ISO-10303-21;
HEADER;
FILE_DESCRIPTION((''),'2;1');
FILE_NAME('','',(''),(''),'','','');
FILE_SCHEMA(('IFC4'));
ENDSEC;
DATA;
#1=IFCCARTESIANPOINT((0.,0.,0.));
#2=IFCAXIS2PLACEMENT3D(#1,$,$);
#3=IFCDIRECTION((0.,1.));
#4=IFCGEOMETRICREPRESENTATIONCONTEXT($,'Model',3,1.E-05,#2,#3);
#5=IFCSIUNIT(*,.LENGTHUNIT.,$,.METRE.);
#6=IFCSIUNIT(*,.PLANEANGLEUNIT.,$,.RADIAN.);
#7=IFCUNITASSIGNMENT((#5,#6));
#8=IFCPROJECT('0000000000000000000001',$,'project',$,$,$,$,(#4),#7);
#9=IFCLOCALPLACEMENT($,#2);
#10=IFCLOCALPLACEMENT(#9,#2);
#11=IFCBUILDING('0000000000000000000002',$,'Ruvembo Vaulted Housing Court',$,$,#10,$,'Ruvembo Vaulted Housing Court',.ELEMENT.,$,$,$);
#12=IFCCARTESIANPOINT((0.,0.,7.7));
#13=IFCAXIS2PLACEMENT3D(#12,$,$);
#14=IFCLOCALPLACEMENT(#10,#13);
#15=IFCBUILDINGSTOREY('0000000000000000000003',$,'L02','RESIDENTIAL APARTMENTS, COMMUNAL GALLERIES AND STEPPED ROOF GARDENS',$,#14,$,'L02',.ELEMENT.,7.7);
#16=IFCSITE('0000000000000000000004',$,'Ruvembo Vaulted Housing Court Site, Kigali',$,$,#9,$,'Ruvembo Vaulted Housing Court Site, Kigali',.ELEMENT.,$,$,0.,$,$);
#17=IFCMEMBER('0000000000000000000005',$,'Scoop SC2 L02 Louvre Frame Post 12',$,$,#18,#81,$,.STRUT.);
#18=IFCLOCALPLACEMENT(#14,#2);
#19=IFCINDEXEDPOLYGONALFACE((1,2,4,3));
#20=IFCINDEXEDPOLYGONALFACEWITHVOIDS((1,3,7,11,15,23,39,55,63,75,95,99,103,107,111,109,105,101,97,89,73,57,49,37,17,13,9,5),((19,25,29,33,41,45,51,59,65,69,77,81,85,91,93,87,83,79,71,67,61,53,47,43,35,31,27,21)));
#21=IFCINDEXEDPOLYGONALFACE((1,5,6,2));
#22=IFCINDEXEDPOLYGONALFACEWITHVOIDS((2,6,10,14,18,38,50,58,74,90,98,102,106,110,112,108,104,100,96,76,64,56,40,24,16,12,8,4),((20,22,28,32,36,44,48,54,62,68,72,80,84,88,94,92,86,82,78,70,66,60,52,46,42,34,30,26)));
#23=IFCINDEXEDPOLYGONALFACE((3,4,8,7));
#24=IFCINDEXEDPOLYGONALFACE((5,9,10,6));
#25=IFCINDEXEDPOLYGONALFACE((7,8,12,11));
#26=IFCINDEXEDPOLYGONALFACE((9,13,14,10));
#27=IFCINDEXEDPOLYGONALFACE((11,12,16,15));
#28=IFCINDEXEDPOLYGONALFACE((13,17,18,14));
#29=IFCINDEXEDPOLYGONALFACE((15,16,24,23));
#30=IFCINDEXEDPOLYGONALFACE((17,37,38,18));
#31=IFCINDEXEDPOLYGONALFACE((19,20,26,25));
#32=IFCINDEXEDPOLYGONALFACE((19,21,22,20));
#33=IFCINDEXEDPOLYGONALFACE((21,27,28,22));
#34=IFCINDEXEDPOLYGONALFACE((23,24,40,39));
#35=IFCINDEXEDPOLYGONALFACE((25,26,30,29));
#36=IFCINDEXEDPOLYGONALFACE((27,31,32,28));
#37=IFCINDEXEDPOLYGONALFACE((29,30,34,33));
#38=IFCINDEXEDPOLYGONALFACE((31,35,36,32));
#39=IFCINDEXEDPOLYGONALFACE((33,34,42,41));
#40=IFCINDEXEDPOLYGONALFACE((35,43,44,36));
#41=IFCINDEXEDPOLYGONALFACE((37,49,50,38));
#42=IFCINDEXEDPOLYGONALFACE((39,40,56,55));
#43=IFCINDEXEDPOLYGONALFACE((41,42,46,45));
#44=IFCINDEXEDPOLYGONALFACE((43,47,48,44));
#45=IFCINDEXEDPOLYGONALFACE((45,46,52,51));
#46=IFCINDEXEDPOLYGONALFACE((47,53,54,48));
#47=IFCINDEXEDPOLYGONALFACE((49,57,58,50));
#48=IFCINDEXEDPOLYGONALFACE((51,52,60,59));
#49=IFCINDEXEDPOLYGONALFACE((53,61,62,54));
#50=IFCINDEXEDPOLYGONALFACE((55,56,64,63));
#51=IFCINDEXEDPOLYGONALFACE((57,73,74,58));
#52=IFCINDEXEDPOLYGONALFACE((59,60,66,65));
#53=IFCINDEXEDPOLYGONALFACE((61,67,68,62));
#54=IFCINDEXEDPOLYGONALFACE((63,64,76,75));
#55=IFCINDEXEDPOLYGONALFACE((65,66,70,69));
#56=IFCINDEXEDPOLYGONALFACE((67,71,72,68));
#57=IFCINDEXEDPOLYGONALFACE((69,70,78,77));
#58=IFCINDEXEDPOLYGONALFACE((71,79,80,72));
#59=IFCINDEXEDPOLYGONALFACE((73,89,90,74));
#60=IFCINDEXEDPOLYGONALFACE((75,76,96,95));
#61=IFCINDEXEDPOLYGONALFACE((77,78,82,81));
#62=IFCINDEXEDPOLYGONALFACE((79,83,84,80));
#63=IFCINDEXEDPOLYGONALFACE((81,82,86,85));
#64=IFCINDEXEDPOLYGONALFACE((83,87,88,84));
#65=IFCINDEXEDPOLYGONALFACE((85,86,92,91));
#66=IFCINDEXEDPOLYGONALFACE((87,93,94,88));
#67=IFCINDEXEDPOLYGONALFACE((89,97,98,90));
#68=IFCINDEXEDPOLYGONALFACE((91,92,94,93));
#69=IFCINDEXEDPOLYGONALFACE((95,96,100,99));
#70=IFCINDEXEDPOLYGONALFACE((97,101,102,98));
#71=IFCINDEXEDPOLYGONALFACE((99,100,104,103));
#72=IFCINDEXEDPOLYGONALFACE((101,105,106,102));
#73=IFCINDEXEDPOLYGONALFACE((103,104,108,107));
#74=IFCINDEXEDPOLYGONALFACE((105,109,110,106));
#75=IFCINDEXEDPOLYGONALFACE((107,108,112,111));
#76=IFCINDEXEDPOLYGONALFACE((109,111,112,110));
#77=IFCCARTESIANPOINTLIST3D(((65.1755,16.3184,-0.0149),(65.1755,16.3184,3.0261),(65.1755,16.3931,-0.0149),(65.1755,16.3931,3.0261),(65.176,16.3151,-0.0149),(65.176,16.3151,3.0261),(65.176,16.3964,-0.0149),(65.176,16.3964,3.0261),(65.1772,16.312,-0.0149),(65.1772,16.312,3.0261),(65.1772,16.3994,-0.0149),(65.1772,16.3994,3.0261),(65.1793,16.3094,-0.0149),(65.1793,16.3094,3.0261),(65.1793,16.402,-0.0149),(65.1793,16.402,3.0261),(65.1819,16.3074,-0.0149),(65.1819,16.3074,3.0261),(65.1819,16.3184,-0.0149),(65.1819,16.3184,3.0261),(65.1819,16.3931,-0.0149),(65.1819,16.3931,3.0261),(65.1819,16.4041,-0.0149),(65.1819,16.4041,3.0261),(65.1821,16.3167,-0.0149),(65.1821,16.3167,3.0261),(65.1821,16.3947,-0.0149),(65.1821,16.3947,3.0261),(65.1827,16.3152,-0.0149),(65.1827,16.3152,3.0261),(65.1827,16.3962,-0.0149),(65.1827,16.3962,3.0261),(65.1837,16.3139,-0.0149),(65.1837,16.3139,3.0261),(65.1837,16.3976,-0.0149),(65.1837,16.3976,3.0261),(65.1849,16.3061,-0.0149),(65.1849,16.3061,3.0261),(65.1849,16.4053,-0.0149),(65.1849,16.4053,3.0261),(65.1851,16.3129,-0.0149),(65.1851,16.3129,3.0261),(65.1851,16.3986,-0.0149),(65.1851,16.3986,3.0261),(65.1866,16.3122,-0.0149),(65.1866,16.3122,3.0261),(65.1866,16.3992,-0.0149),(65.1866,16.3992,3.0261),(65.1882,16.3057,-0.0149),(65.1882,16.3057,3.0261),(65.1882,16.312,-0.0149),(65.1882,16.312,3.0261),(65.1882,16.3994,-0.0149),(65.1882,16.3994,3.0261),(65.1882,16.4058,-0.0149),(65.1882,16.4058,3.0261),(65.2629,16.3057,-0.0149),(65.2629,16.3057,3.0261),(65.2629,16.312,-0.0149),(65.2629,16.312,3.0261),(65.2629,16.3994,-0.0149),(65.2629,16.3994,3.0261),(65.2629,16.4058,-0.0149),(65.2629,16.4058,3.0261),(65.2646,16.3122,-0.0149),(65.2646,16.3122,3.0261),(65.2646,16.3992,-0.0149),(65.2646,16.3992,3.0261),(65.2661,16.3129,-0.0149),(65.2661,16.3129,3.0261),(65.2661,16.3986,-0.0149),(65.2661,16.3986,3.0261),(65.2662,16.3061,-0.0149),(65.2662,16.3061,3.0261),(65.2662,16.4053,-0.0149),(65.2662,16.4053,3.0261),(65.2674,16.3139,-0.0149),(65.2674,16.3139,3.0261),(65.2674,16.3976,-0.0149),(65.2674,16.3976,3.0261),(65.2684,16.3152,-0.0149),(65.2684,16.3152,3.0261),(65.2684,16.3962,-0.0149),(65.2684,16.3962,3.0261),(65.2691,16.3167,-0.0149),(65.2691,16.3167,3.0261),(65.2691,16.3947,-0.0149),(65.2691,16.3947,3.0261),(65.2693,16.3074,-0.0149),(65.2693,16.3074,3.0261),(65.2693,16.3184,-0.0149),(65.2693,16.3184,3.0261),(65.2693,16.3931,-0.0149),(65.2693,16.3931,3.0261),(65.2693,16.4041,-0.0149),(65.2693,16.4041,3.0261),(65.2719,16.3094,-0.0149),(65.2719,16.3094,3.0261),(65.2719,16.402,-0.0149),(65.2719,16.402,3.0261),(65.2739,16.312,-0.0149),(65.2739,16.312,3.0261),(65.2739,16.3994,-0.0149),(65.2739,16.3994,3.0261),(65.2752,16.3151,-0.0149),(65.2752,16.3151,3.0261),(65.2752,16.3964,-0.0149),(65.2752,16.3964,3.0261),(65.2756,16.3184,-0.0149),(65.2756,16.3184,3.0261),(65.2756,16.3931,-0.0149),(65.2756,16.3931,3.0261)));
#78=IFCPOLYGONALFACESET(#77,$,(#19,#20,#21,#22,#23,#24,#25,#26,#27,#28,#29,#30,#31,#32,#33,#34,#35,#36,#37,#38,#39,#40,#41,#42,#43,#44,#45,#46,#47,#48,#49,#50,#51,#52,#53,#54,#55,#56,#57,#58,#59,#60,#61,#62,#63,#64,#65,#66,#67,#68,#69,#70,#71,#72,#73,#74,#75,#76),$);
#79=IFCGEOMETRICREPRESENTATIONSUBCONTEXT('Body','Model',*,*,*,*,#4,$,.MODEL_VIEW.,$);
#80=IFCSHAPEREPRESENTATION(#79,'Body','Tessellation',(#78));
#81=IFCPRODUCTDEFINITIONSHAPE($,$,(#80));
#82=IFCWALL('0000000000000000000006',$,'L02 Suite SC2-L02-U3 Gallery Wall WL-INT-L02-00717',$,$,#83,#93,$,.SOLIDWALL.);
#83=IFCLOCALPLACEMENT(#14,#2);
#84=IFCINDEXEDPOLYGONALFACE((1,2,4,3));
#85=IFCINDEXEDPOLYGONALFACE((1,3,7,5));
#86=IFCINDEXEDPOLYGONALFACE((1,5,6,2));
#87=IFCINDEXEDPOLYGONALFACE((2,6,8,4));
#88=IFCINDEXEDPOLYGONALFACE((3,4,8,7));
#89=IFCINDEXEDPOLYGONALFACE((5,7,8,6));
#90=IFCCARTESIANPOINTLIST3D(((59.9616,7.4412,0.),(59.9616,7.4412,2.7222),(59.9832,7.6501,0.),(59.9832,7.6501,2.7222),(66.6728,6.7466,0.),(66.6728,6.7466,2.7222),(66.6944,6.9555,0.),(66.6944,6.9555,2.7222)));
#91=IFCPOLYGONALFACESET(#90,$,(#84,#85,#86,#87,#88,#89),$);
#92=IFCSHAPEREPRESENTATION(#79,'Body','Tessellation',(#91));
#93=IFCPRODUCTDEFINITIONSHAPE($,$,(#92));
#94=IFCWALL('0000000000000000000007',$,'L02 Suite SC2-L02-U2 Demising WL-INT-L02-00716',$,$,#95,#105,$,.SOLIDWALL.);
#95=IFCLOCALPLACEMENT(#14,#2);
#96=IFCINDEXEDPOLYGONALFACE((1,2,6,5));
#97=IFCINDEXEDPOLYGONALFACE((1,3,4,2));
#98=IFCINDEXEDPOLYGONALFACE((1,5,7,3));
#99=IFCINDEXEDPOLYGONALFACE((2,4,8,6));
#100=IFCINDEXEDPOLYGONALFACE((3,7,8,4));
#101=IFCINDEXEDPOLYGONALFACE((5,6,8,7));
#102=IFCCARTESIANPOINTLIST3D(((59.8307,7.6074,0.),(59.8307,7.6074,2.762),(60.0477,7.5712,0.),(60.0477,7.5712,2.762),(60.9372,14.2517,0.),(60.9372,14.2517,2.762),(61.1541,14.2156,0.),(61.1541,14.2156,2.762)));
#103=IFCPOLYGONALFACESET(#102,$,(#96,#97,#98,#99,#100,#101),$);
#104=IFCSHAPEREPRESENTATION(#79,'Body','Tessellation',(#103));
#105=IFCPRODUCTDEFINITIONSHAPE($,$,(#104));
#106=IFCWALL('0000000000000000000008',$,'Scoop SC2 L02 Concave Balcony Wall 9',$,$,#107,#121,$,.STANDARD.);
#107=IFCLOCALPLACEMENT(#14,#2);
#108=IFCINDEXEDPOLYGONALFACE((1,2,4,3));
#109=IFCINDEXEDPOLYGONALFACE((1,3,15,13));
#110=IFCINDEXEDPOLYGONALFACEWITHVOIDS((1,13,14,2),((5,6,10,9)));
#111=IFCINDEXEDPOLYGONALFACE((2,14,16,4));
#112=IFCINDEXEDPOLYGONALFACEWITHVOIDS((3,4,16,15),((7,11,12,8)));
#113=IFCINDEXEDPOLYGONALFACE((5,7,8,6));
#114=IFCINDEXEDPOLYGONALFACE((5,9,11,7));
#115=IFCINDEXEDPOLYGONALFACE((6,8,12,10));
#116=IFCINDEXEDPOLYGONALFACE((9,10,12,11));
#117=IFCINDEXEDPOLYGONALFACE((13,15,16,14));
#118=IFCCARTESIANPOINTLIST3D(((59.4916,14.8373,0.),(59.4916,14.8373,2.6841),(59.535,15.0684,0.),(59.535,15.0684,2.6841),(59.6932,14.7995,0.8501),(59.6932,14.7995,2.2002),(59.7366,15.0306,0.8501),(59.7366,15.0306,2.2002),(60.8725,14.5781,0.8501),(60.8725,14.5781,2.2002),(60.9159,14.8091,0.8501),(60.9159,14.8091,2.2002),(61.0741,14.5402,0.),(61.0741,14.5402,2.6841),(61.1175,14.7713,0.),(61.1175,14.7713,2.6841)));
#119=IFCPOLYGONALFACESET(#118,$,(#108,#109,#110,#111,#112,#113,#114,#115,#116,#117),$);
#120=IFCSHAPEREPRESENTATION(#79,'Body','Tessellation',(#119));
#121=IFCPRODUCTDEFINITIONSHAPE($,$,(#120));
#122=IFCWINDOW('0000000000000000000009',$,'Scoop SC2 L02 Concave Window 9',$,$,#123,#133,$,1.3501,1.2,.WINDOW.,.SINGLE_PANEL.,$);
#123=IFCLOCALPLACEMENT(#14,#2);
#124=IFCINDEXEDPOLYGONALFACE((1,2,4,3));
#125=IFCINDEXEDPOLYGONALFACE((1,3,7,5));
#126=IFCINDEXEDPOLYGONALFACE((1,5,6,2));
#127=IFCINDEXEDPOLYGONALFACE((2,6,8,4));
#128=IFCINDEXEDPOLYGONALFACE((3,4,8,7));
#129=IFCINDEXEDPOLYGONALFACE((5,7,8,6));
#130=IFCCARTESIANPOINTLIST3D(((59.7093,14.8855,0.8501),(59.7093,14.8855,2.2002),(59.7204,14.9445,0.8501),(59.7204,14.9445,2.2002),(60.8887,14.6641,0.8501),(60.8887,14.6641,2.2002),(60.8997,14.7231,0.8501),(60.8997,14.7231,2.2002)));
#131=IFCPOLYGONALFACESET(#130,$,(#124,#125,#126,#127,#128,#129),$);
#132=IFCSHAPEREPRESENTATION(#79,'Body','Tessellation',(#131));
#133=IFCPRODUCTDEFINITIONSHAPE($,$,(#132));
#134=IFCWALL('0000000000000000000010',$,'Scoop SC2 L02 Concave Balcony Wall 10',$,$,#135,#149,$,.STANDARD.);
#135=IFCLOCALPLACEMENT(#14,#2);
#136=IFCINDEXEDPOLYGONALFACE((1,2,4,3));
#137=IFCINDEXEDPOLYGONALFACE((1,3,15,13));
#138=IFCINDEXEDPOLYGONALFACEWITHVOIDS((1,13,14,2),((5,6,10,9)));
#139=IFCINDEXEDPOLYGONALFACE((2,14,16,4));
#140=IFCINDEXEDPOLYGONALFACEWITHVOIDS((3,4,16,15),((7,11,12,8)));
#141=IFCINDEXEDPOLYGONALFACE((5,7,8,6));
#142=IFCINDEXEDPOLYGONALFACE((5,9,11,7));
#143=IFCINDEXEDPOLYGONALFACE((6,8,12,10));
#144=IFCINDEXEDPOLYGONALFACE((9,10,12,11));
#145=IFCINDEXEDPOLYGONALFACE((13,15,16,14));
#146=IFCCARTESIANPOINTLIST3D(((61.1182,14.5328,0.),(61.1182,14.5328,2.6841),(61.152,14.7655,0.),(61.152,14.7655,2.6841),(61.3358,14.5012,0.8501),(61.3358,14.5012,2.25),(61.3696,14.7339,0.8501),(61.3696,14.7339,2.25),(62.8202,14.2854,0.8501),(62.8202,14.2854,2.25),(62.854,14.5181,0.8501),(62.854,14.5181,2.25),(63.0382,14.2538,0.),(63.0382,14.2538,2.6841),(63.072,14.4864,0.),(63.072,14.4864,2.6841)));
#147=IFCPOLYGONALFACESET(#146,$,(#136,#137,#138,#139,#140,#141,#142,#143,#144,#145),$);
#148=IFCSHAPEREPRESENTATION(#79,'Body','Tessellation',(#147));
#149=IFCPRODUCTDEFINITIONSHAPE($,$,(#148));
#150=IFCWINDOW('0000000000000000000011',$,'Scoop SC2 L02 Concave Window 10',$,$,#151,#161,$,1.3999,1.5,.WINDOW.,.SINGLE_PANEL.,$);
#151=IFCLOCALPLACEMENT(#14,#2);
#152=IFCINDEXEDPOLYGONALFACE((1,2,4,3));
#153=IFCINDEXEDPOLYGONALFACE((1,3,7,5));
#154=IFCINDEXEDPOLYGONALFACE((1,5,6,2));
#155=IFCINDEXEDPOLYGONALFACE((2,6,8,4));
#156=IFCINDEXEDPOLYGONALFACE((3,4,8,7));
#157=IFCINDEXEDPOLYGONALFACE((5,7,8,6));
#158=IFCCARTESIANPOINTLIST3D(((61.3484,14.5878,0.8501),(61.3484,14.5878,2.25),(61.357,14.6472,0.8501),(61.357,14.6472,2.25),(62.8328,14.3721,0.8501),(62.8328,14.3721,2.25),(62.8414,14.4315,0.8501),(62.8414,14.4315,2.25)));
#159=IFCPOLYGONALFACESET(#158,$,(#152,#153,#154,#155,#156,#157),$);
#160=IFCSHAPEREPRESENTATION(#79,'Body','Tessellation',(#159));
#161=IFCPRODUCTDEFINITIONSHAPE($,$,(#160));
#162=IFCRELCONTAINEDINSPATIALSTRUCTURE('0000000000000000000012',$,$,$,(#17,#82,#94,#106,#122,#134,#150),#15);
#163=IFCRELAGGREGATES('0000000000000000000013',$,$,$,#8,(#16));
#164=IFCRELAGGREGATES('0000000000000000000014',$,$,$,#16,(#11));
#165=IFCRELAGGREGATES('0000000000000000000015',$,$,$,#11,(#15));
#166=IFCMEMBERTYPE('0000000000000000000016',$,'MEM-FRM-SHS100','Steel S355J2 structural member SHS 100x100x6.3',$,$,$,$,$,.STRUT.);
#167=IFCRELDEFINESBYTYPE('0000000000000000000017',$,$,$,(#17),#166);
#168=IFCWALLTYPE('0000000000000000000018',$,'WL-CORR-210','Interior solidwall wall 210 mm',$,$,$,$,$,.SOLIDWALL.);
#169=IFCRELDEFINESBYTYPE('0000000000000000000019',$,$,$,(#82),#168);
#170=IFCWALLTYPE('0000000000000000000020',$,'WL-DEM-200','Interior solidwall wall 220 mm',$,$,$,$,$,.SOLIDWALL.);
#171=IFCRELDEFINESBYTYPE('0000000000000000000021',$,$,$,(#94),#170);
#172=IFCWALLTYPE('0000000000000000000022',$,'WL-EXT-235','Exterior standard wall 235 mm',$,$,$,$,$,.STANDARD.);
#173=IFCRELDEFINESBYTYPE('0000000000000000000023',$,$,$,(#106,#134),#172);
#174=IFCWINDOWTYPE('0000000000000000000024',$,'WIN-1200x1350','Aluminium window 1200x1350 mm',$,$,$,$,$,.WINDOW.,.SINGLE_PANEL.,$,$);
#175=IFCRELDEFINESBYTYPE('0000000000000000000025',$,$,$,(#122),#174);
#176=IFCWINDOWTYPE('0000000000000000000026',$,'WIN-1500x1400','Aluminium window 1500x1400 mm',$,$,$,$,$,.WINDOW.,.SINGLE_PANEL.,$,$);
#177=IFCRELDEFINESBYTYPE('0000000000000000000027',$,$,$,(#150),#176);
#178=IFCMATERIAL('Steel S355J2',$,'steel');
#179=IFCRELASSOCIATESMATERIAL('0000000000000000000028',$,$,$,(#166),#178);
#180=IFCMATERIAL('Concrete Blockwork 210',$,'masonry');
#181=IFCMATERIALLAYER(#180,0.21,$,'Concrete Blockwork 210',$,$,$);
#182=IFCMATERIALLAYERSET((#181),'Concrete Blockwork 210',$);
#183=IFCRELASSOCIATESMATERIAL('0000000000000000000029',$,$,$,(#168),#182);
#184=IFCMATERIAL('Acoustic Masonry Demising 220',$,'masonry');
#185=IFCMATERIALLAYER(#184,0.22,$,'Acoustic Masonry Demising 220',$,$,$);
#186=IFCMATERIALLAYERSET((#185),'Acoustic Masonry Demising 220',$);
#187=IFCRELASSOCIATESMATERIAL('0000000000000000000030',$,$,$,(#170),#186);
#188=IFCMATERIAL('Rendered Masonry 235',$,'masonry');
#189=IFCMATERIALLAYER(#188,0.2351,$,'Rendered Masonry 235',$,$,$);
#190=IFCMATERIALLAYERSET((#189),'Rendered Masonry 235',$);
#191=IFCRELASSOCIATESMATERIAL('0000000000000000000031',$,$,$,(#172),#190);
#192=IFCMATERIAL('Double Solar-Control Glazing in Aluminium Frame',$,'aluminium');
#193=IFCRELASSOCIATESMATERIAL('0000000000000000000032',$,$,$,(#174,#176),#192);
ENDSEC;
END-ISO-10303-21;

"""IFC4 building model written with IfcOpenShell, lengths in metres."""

from ifc_helpers import new_model, si_unit, direction, frame, frame_2d, origin, origin_2d, place, context, subcontext, project, spatial, rectangle, hollow_rectangle, extrude, material, layer, layer_set, material_profile, profile_set, type_object, element, fill, save


model = new_model("IFC4")

# Units and contexts
model_context = context("Model", 3, precision=1e-05, world=origin(), true_north=direction((0.0, 1.0)))
body_context = subcontext(model_context, "Body", "Model", "MODEL_VIEW")
ifc_project = project(units=[si_unit("LENGTHUNIT", "METRE"), si_unit("PLANEANGLEUNIT", "RADIAN")], contexts=[model_context])

# Site, building, storey
site_placement = place(None, origin())
site = spatial("IfcSite", under=ifc_project, at=site_placement, Name="Ruvembo Vaulted Housing Court Site, Kigali", LongName="Ruvembo Vaulted Housing Court Site, Kigali", CompositionType="ELEMENT", RefElevation=0.0)
building_placement = place(site_placement, origin())
building = spatial("IfcBuilding", under=site, at=building_placement, Name="Ruvembo Vaulted Housing Court", LongName="Ruvembo Vaulted Housing Court", CompositionType="ELEMENT")
storey_placement = place(building_placement, frame((0.0, 0.0, 7.7)))
storey = spatial("IfcBuildingStorey", under=building, at=storey_placement, Name="L02", Description="RESIDENTIAL APARTMENTS, COMMUNAL GALLERIES AND STEPPED ROOF GARDENS", LongName="L02", CompositionType="ELEMENT", Elevation=7.7)

# Shared definitions
ifc_material_1 = material(Name="Steel S355J2", Category="steel")

# Member
ifc_material_profile_1 = material_profile(ifc_material_1, hollow_rectangle(XDim=0.1001, YDim=0.1001, WallThickness=0.0063, InnerFilletRadius=0.0063, OuterFilletRadius=0.0127, at=origin_2d()), Name="SHS 100x100x6.3")
ifc_profile_set_1 = profile_set([ifc_material_profile_1], Name="Steel S355J2")
member_type_1 = type_object("IfcMemberType", Name="MEM-FRM-SHS100", Description="Steel S355J2 structural member SHS 100x100x6.3", PredefinedType="STRUT", material=ifc_profile_set_1)
member_1_placement = place(storey_placement, frame((65.2256, 16.3557, -0.0149), z_axis=(0.0, 0.0, 1.0), x_axis=(1.0, 0.0, 0.0)))
element("IfcMember", 1, at=member_1_placement, inside=storey, type_object=member_type_1, Name="Scoop SC2 L02 Louvre Frame Post 12", PredefinedType="STRUT", context=body_context, shape_type="SweptSolid", body=[
    extrude(hollow_rectangle(XDim=0.1001, YDim=0.1001, WallThickness=0.0063, InnerFilletRadius=0.0063, OuterFilletRadius=0.0127, at=origin_2d()), origin(), (0.0, 0.0, 1.0), 3.041),
])

# Walls
ifc_material_2 = material(Name="Concrete Blockwork 210", Category="masonry")
ifc_layer_1 = layer(ifc_material_2, 0.21, Name="Concrete Blockwork 210")
ifc_layer_set_1 = layer_set([ifc_layer_1], Name="Concrete Blockwork 210")
wall_type_1 = type_object("IfcWallType", Name="WL-CORR-210", Description="Interior solidwall wall 210 mm", PredefinedType="SOLIDWALL", material=ifc_layer_set_1)
wall_1_placement = place(storey_placement, frame((59.9724, 7.5457, 0.0), z_axis=(0.0, 0.0, 1.0), x_axis=(0.994687, -0.102946, 0.0)))
element("IfcWall", 2, at=wall_1_placement, inside=storey, type_object=wall_type_1, Name="L02 Suite SC2-L02-U3 Gallery Wall WL-INT-L02-00717", PredefinedType="SOLIDWALL", context=body_context, shape_type="SweptSolid", body=[
    extrude(rectangle(XDim=6.7471, YDim=0.21, at=frame_2d((3.3735, 0.0))), origin(), (0.0, 0.0, 1.0), 2.7222),
])
ifc_material_3 = material(Name="Acoustic Masonry Demising 220", Category="masonry")
ifc_layer_2 = layer(ifc_material_3, 0.22, Name="Acoustic Masonry Demising 220")
ifc_layer_set_2 = layer_set([ifc_layer_2], Name="Acoustic Masonry Demising 220")
wall_type_2 = type_object("IfcWallType", Name="WL-DEM-200", Description="Interior solidwall wall 220 mm", PredefinedType="SOLIDWALL", material=ifc_layer_set_2)
wall_2_placement = place(storey_placement, frame((61.0457, 14.2336, 0.0), z_axis=(0.0, 0.0, 1.0), x_axis=(-0.164264, -0.986416, 0.0)))
element("IfcWall", 3, at=wall_2_placement, inside=storey, type_object=wall_type_2, Name="L02 Suite SC2-L02-U2 Demising WL-INT-L02-00716", PredefinedType="SOLIDWALL", context=body_context, shape_type="SweptSolid", body=[
    extrude(rectangle(XDim=6.7358, YDim=0.22, at=frame_2d((3.3679, 0.0))), origin(), (0.0, 0.0, 1.0), 2.762),
])

# Walls, openings, windows
ifc_material_4 = material(Name="Rendered Masonry 235", Category="masonry")
ifc_layer_3 = layer(ifc_material_4, 0.2351, Name="Rendered Masonry 235")
ifc_layer_set_3 = layer_set([ifc_layer_3], Name="Rendered Masonry 235")
wall_type_3 = type_object("IfcWallType", Name="WL-EXT-235", Description="Exterior standard wall 235 mm", PredefinedType="STANDARD", material=ifc_layer_set_3)
wall_3_placement = place(storey_placement, frame((59.5132, 14.9529, 0.0), z_axis=(0.0, 0.0, 1.0), x_axis=(0.982828, -0.184527, 0.0)))
wall_3 = element("IfcWall", 4, at=wall_3_placement, inside=storey, type_object=wall_type_3, Name="Scoop SC2 L02 Concave Balcony Wall 9", PredefinedType="STANDARD", context=body_context, shape_type="SweptSolid", body=[
    extrude(rectangle(XDim=1.6101, YDim=0.2351, at=frame_2d((0.8052, 0.0))), origin(), (0.0, 0.0, 1.0), 2.6841),
])
opening_1_placement = place(wall_3_placement, frame((0.2051, 0.0, 0.8501)))
opening_1 = element("IfcOpeningElement", 5, at=opening_1_placement, cuts=wall_3, PredefinedType="OPENING", context=body_context, shape_type="SweptSolid", body=[
    extrude(rectangle(XDim=1.2, YDim=1.3501, at=frame_2d((0.6001, 0.675))), frame((0.0, 0.1274, 0.0), z_axis=(0.0, -1.0, 0.0), x_axis=(1.0, 0.0, 0.0)), (0.0, 0.0, 1.0), 0.2551),
])
ifc_material_5 = material(Name="Double Solar-Control Glazing in Aluminium Frame", Category="aluminium")
window_type_1 = type_object("IfcWindowType", Name="WIN-1200x1350", Description="Aluminium window 1200x1350 mm", PartitioningType="SINGLE_PANEL", PredefinedType="WINDOW", material=ifc_material_5)
window_1_placement = place(opening_1_placement, origin())
window_1 = element("IfcWindow", 6, at=window_1_placement, inside=storey, type_object=window_type_1, Name="Scoop SC2 L02 Concave Window 9", OverallHeight=1.3501, OverallWidth=1.2, PartitioningType="SINGLE_PANEL", PredefinedType="WINDOW", context=body_context, shape_type="SweptSolid", body=[
    extrude(rectangle(XDim=1.2, YDim=1.3501, at=frame_2d((0.6001, 0.675))), frame((0.0, 0.03, 0.0), z_axis=(0.0, -1.0, 0.0), x_axis=(1.0, 0.0, 0.0)), (0.0, 0.0, 1.0), 0.0601),
])
fill(opening_1, window_1)
wall_4_placement = place(storey_placement, frame((61.135, 14.6492, 0.0), z_axis=(0.0, 0.0, 1.0), x_axis=(0.989602, -0.143835, 0.0)))
wall_4 = element("IfcWall", 7, at=wall_4_placement, inside=storey, type_object=wall_type_3, Name="Scoop SC2 L02 Concave Balcony Wall 10", PredefinedType="STANDARD", context=body_context, shape_type="SweptSolid", body=[
    extrude(rectangle(XDim=1.9402, YDim=0.2351, at=frame_2d((0.9702, 0.0))), origin(), (0.0, 0.0, 1.0), 2.6841),
])
opening_2_placement = place(wall_4_placement, frame((0.22, 0.0, 0.8501)))
opening_2 = element("IfcOpeningElement", 8, at=opening_2_placement, cuts=wall_4, PredefinedType="OPENING", context=body_context, shape_type="SweptSolid", body=[
    extrude(rectangle(XDim=1.5, YDim=1.3999, at=frame_2d((0.75, 0.7))), frame((0.0, 0.1274, 0.0), z_axis=(0.0, -1.0, 0.0), x_axis=(1.0, 0.0, 0.0)), (0.0, 0.0, 1.0), 0.2551),
])
window_type_2 = type_object("IfcWindowType", Name="WIN-1500x1400", Description="Aluminium window 1500x1400 mm", PartitioningType="SINGLE_PANEL", PredefinedType="WINDOW", material=ifc_material_5)
window_2_placement = place(opening_2_placement, origin())
window_2 = element("IfcWindow", 9, at=window_2_placement, inside=storey, type_object=window_type_2, Name="Scoop SC2 L02 Concave Window 10", OverallHeight=1.3999, OverallWidth=1.5, PartitioningType="SINGLE_PANEL", PredefinedType="WINDOW", context=body_context, shape_type="SweptSolid", body=[
    extrude(rectangle(XDim=1.5, YDim=1.3999, at=frame_2d((0.75, 0.7))), frame((0.0, 0.03, 0.0), z_axis=(0.0, -1.0, 0.0), x_axis=(1.0, 0.0, 0.0)), (0.0, 0.0, 1.0), 0.0601),
])
fill(opening_2, window_2)

save(model, "model.ifc")
